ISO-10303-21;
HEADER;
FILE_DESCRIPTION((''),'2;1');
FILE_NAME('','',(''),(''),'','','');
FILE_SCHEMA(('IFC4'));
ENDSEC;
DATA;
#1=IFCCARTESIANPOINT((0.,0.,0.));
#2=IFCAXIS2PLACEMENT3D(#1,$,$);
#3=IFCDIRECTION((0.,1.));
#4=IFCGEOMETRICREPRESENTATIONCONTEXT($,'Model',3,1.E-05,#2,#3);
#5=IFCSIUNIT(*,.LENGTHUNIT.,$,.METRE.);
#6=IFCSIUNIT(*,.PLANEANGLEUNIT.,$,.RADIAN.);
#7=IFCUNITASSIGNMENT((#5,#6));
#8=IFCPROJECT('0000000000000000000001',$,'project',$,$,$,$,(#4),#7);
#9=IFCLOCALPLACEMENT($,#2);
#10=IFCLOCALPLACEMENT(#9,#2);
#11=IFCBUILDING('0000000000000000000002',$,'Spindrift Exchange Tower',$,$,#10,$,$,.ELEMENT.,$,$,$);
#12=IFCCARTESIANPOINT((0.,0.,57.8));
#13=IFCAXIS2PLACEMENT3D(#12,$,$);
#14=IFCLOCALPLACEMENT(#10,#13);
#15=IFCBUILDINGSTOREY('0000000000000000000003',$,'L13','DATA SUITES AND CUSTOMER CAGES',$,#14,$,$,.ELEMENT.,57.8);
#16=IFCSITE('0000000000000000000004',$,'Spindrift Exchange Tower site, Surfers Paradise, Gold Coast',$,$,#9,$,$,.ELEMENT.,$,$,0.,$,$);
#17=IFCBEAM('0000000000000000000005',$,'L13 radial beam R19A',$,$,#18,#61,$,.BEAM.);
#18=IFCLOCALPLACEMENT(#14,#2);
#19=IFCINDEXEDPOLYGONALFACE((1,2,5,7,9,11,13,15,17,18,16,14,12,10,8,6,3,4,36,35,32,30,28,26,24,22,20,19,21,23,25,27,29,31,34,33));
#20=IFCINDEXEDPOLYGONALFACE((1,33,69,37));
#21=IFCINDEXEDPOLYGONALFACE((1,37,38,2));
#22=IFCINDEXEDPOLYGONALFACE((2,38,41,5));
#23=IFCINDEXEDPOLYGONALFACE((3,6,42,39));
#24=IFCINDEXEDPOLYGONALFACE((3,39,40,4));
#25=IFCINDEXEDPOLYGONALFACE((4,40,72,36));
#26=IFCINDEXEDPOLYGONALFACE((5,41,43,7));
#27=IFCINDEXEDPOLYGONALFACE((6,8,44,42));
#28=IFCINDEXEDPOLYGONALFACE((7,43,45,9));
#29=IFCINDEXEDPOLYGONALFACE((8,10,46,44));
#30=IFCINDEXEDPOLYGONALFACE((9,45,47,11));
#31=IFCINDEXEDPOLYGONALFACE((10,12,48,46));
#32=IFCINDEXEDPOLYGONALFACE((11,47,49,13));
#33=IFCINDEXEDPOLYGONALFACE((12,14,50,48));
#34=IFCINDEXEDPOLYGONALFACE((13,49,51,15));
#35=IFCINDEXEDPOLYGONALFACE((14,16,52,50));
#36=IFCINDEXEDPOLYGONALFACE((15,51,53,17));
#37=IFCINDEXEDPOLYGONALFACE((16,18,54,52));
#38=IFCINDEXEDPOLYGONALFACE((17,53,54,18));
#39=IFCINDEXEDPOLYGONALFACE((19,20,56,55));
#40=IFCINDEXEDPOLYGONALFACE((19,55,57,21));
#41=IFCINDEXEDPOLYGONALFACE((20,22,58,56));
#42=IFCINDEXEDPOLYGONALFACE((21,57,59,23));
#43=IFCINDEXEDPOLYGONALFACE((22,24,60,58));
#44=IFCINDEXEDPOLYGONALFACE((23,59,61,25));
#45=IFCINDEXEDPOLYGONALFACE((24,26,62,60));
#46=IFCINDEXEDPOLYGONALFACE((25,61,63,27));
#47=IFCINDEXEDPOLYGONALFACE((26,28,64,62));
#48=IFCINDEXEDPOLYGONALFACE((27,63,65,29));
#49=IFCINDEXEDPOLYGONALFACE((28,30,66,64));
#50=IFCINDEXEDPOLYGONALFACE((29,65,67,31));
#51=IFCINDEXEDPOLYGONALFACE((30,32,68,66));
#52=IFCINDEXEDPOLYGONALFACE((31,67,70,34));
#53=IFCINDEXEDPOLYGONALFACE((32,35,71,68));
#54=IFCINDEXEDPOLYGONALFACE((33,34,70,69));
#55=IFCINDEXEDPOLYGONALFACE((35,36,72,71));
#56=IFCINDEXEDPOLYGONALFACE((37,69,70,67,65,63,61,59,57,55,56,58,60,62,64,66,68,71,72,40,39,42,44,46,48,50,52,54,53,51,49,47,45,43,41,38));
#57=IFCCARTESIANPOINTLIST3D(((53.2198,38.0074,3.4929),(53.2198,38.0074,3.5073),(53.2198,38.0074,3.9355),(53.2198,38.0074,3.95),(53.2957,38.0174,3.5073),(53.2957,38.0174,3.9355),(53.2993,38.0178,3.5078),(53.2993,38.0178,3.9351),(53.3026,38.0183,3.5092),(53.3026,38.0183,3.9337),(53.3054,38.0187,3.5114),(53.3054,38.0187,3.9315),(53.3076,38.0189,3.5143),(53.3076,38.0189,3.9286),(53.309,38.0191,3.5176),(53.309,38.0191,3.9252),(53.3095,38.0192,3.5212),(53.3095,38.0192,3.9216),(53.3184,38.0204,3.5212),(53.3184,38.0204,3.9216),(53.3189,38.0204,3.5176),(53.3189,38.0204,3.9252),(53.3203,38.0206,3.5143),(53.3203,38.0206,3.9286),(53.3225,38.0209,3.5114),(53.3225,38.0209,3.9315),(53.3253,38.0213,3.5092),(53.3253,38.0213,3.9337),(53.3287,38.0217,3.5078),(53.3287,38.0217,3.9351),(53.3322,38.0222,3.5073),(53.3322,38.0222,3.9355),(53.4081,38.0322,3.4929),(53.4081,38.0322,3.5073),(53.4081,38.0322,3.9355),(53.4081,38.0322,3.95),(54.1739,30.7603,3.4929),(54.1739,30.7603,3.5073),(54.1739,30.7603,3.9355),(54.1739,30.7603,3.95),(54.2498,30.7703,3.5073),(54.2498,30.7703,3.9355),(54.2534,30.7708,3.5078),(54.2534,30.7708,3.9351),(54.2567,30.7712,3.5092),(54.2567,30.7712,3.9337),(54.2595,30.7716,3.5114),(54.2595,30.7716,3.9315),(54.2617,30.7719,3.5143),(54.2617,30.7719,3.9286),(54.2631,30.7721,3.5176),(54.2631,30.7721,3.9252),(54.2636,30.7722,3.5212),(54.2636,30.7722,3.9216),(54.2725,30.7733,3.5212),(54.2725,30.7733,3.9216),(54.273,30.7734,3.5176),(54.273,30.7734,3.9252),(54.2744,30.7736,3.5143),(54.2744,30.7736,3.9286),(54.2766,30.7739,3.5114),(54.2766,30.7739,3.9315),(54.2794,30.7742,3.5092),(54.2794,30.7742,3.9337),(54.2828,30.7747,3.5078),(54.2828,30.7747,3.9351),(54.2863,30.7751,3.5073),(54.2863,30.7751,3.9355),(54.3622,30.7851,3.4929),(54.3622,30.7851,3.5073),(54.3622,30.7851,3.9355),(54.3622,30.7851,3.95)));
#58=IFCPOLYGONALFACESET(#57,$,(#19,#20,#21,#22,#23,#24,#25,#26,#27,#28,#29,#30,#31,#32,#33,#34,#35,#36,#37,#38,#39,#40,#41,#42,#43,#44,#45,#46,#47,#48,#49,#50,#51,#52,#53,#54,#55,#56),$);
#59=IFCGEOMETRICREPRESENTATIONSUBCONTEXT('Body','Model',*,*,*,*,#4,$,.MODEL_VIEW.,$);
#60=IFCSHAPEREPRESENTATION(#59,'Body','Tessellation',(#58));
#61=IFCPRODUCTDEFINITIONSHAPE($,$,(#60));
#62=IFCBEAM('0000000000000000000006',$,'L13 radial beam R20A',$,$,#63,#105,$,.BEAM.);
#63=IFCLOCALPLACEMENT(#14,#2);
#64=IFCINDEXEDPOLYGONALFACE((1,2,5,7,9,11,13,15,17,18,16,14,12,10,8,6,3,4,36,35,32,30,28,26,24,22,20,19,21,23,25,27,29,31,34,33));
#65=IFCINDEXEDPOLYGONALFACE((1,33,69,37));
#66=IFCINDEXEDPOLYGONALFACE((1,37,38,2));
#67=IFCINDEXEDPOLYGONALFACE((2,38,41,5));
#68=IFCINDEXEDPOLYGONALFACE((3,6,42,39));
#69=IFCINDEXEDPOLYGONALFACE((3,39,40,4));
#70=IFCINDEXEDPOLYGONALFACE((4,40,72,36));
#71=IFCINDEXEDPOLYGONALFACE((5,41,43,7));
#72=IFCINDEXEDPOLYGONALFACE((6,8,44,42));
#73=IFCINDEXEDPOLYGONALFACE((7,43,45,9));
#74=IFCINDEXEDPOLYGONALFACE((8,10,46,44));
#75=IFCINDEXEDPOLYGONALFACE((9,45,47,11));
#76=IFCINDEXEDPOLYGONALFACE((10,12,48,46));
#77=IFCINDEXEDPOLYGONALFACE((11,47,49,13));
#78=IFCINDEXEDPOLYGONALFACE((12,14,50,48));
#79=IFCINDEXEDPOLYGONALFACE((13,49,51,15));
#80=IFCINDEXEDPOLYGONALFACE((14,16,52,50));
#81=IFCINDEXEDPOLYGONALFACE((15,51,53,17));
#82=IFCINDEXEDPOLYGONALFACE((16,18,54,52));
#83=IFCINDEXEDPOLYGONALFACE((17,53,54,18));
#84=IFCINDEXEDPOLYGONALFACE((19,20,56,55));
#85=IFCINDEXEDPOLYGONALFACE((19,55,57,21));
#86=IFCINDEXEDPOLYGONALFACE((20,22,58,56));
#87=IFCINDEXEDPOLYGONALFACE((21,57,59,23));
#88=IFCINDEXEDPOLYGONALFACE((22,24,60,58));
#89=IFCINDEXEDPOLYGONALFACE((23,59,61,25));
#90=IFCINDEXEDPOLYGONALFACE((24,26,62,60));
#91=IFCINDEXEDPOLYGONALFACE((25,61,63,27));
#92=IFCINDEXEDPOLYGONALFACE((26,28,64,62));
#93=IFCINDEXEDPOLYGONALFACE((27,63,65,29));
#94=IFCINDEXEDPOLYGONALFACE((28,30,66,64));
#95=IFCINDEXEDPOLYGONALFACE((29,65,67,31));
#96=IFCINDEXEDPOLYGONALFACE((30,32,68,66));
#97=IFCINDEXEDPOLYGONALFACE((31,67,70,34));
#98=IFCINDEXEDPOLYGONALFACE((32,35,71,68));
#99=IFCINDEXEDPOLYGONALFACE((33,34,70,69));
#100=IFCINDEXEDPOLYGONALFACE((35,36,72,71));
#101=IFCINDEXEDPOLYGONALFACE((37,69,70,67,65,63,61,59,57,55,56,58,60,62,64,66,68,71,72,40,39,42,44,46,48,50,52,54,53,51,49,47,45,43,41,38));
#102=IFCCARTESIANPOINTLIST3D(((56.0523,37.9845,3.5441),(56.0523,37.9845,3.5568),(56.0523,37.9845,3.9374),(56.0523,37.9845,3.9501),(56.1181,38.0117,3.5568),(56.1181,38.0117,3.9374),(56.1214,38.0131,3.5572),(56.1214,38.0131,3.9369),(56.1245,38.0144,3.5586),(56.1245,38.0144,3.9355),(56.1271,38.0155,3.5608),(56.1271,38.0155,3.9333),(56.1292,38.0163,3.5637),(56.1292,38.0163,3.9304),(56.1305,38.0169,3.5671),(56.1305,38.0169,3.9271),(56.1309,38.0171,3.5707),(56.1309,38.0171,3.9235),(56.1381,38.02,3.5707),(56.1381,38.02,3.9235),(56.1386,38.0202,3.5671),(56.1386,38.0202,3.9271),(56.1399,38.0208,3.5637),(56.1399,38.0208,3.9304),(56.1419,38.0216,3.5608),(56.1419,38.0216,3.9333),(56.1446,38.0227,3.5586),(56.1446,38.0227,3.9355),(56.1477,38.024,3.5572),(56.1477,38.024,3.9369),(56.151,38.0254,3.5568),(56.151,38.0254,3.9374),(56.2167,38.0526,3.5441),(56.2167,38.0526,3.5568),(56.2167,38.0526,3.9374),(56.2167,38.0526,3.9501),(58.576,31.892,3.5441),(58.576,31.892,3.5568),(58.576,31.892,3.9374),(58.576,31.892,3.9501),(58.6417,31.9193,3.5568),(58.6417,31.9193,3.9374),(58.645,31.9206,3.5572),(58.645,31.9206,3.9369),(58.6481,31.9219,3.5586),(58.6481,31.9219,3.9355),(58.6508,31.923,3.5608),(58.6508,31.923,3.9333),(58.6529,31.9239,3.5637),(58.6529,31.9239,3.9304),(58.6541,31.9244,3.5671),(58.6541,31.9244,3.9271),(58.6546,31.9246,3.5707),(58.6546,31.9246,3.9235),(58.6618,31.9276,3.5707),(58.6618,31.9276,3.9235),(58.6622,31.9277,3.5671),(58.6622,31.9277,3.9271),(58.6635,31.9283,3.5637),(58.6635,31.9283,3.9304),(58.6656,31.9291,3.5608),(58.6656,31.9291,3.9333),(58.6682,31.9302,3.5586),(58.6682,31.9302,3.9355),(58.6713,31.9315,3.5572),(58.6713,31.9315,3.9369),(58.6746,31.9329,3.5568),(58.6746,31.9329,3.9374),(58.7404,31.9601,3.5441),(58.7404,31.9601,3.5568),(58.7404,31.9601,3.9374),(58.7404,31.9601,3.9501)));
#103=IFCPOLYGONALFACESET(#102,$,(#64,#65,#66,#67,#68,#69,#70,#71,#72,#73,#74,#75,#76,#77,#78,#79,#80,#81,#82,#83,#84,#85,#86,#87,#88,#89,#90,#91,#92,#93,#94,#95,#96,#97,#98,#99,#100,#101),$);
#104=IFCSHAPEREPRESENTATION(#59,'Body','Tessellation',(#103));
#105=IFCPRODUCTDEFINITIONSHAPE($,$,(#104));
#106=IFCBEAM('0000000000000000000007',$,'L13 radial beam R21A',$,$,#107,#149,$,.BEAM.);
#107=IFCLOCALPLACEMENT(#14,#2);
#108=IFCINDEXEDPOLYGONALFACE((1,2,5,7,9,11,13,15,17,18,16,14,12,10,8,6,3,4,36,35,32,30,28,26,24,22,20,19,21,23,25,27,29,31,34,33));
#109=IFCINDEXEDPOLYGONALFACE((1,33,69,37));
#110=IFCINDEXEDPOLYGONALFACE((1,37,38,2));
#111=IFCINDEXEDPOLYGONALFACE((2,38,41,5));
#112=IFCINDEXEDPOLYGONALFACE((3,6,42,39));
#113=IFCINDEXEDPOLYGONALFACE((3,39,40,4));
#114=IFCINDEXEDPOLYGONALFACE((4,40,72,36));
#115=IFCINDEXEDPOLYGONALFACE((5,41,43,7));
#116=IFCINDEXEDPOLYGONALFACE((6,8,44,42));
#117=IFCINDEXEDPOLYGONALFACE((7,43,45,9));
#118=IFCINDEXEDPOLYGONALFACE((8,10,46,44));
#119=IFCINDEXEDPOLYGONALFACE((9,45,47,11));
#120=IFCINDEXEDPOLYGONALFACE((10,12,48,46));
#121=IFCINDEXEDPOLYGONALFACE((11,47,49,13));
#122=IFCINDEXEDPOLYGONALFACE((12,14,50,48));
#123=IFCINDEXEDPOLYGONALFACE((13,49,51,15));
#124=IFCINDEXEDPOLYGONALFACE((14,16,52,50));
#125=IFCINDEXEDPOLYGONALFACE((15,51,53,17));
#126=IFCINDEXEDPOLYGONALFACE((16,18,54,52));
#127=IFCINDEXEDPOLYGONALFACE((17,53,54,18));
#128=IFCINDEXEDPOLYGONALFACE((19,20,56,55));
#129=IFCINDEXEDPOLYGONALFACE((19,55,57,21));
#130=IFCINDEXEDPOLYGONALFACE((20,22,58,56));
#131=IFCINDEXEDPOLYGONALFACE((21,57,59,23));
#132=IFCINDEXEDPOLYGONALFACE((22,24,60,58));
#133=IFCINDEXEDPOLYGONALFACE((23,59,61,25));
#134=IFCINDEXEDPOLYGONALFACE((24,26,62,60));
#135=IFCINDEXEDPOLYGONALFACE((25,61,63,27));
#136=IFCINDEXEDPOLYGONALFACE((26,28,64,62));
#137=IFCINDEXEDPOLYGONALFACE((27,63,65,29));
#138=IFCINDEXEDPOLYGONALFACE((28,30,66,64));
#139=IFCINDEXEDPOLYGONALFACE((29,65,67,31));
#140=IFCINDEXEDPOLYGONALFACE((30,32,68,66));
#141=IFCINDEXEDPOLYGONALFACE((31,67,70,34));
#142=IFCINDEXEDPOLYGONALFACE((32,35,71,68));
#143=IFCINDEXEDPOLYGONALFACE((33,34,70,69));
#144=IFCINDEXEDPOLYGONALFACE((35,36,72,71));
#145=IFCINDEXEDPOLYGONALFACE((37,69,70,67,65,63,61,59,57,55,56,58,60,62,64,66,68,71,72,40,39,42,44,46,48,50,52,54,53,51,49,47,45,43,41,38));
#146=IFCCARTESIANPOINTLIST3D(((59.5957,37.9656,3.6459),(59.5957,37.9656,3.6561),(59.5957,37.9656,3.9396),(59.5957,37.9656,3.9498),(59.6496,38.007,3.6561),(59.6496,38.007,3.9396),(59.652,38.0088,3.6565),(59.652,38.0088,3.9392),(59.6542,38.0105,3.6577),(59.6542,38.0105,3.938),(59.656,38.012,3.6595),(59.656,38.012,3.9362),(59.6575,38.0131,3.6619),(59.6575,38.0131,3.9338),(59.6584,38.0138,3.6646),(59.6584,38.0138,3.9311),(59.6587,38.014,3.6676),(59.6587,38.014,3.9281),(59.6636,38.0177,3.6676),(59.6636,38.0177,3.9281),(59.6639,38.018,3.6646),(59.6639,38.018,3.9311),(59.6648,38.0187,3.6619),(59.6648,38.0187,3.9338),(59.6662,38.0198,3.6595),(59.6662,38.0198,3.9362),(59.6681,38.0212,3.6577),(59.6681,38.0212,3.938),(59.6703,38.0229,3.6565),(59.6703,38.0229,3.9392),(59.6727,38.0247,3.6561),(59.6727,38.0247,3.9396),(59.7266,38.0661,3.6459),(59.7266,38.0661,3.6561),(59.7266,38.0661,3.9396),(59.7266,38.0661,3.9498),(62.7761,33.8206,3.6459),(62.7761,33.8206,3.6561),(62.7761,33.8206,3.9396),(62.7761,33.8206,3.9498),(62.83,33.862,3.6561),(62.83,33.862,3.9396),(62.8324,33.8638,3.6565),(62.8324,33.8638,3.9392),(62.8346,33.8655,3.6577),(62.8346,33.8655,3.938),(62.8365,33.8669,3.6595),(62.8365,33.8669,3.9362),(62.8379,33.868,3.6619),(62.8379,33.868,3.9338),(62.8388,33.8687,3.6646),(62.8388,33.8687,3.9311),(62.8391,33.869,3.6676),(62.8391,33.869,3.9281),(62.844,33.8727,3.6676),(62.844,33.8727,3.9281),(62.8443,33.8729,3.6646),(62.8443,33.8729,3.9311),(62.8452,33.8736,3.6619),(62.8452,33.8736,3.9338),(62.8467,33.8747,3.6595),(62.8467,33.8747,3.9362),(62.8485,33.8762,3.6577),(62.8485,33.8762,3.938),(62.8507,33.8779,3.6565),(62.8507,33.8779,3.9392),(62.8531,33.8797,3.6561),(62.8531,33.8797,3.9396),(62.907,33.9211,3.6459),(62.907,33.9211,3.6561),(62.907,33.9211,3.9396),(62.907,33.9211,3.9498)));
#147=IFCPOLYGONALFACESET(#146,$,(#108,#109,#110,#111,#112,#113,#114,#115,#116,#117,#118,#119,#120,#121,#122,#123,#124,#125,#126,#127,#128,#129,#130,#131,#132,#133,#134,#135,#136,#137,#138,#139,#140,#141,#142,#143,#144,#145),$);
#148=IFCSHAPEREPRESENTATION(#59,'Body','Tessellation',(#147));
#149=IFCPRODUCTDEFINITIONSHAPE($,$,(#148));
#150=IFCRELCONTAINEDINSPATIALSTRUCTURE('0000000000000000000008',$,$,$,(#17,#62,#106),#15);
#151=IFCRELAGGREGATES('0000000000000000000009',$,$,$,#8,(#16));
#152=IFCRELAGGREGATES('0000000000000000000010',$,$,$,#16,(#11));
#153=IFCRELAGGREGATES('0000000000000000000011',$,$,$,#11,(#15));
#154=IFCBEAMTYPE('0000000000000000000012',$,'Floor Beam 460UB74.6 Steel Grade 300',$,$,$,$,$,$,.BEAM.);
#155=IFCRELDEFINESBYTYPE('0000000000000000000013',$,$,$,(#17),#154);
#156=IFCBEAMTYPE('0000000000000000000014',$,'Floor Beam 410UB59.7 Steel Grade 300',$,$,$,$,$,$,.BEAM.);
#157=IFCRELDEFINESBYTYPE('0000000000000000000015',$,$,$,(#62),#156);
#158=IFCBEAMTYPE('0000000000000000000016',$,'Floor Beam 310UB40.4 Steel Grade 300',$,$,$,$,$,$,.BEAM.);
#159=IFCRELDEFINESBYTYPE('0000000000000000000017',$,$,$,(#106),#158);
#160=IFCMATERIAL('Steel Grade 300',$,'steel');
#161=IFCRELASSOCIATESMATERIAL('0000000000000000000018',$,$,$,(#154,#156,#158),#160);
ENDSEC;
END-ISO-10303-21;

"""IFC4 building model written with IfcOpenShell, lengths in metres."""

from ifc_helpers import new_model, si_unit, direction, frame, origin, origin_2d, place, context, subcontext, project, spatial, i_section, extrude, source, transform, mapped, material, material_profile, profile_set, type_object, element, save


model = new_model("IFC4")

# Units and contexts
model_context = context("Model", 3, precision=1e-05, world=origin(), true_north=direction((0.0, 1.0)))
body_context = subcontext(model_context, "Body", "Model", "MODEL_VIEW")
ifc_project = project(units=[si_unit("LENGTHUNIT", "METRE"), si_unit("PLANEANGLEUNIT", "RADIAN")], contexts=[model_context])

# Site, building, storey
site_placement = place(None, origin())
site = spatial("IfcSite", under=ifc_project, at=site_placement, Name="Spindrift Exchange Tower site, Surfers Paradise, Gold Coast", CompositionType="ELEMENT", RefElevation=0.0)
building_placement = place(site_placement, origin())
building = spatial("IfcBuilding", under=site, at=building_placement, Name="Spindrift Exchange Tower", CompositionType="ELEMENT")
storey_placement = place(building_placement, frame((0.0, 0.0, 57.8)))
storey = spatial("IfcBuildingStorey", under=building, at=storey_placement, Name="L13", Description="DATA SUITES AND CUSTOMER CAGES", CompositionType="ELEMENT", Elevation=57.8)

# Beams
ifc_material_1 = material(Name="Steel Grade 300", Category="steel")
ifc_material_profile_1 = material_profile(ifc_material_1, i_section(OverallWidth=0.1899, OverallDepth=0.457, WebThickness=0.009, FlangeThickness=0.0144, FilletRadius=0.0139, at=origin_2d()), Name="460UB74.6")
ifc_profile_set_1 = profile_set([ifc_material_profile_1], Name="Steel Grade 300")
beam_type_1 = type_object("IfcBeamType", Name="Floor Beam 460UB74.6 Steel Grade 300", PredefinedType="BEAM", material=ifc_profile_set_1)
shared_shape_1 = source(origin(), body_context, "Body", "SweptSolid", [
    extrude(i_section(OverallWidth=0.1899, OverallDepth=0.457, WebThickness=0.009, FlangeThickness=0.0144, FilletRadius=0.0139, at=origin_2d()), origin(), (0.0, 0.0, 1.0), 7.3096),
])
beam_1_placement = place(storey_placement, frame((53.314, 38.0198, 3.7214), z_axis=(0.130527, -0.991445, 0.0), x_axis=(0.991445, 0.130527, 0.0)))
element("IfcBeam", 1, at=beam_1_placement, inside=storey, type_object=beam_type_1, Name="L13 radial beam R19A", PredefinedType="BEAM", context=body_context, shape_type="MappedRepresentation", body=[
    mapped(shared_shape_1, transform((0.0, 0.0, 0.0), scale=1.0)),
])
ifc_material_profile_2 = material_profile(ifc_material_1, i_section(OverallWidth=0.178, OverallDepth=0.406, WebThickness=0.0078, FlangeThickness=0.0127, FilletRadius=0.0139, at=origin_2d()), Name="410UB59.7")
ifc_profile_set_2 = profile_set([ifc_material_profile_2], Name="Steel Grade 300")
beam_type_2 = type_object("IfcBeamType", Name="Floor Beam 410UB59.7 Steel Grade 300", PredefinedType="BEAM", material=ifc_profile_set_2)
shared_shape_2 = source(origin(), body_context, "Body", "SweptSolid", [
    extrude(i_section(OverallWidth=0.178, OverallDepth=0.406, WebThickness=0.0078, FlangeThickness=0.0127, FilletRadius=0.0139, at=origin_2d()), origin(), (0.0, 0.0, 1.0), 6.5945),
])
beam_2_placement = place(storey_placement, frame((56.1345, 38.0186, 3.7471), z_axis=(0.382693, -0.923876, 0.0), x_axis=(0.923876, 0.382693, 0.0)))
element("IfcBeam", 2, at=beam_2_placement, inside=storey, type_object=beam_type_2, Name="L13 radial beam R20A", PredefinedType="BEAM", context=body_context, shape_type="MappedRepresentation", body=[
    mapped(shared_shape_2, transform((0.0, 0.0, 0.0), scale=1.0)),
])
ifc_material_profile_3 = material_profile(ifc_material_1, i_section(OverallWidth=0.165, OverallDepth=0.304, WebThickness=0.0061, FlangeThickness=0.0103, FilletRadius=0.0115, at=origin_2d()), Name="310UB40.4")
ifc_profile_set_3 = profile_set([ifc_material_profile_3], Name="Steel Grade 300")
beam_type_3 = type_object("IfcBeamType", Name="Floor Beam 310UB40.4 Steel Grade 300", PredefinedType="BEAM", material=ifc_profile_set_3)
shared_shape_3 = source(origin(), body_context, "Body", "SweptSolid", [
    extrude(i_section(OverallWidth=0.165, OverallDepth=0.304, WebThickness=0.0061, FlangeThickness=0.0103, FilletRadius=0.0115, at=origin_2d()), origin(), (0.0, 0.0, 1.0), 5.2246),
])
beam_3_placement = place(storey_placement, frame((59.6611, 38.0159, 3.7979), z_axis=(0.608741, -0.793369, 0.0), x_axis=(0.793369, 0.608741, 0.0)))
element("IfcBeam", 3, at=beam_3_placement, inside=storey, type_object=beam_type_3, Name="L13 radial beam R21A", PredefinedType="BEAM", context=body_context, shape_type="MappedRepresentation", body=[
    mapped(shared_shape_3, transform((0.0, 0.0, 0.0), scale=1.0)),
])

save(model, "model.ifc")
